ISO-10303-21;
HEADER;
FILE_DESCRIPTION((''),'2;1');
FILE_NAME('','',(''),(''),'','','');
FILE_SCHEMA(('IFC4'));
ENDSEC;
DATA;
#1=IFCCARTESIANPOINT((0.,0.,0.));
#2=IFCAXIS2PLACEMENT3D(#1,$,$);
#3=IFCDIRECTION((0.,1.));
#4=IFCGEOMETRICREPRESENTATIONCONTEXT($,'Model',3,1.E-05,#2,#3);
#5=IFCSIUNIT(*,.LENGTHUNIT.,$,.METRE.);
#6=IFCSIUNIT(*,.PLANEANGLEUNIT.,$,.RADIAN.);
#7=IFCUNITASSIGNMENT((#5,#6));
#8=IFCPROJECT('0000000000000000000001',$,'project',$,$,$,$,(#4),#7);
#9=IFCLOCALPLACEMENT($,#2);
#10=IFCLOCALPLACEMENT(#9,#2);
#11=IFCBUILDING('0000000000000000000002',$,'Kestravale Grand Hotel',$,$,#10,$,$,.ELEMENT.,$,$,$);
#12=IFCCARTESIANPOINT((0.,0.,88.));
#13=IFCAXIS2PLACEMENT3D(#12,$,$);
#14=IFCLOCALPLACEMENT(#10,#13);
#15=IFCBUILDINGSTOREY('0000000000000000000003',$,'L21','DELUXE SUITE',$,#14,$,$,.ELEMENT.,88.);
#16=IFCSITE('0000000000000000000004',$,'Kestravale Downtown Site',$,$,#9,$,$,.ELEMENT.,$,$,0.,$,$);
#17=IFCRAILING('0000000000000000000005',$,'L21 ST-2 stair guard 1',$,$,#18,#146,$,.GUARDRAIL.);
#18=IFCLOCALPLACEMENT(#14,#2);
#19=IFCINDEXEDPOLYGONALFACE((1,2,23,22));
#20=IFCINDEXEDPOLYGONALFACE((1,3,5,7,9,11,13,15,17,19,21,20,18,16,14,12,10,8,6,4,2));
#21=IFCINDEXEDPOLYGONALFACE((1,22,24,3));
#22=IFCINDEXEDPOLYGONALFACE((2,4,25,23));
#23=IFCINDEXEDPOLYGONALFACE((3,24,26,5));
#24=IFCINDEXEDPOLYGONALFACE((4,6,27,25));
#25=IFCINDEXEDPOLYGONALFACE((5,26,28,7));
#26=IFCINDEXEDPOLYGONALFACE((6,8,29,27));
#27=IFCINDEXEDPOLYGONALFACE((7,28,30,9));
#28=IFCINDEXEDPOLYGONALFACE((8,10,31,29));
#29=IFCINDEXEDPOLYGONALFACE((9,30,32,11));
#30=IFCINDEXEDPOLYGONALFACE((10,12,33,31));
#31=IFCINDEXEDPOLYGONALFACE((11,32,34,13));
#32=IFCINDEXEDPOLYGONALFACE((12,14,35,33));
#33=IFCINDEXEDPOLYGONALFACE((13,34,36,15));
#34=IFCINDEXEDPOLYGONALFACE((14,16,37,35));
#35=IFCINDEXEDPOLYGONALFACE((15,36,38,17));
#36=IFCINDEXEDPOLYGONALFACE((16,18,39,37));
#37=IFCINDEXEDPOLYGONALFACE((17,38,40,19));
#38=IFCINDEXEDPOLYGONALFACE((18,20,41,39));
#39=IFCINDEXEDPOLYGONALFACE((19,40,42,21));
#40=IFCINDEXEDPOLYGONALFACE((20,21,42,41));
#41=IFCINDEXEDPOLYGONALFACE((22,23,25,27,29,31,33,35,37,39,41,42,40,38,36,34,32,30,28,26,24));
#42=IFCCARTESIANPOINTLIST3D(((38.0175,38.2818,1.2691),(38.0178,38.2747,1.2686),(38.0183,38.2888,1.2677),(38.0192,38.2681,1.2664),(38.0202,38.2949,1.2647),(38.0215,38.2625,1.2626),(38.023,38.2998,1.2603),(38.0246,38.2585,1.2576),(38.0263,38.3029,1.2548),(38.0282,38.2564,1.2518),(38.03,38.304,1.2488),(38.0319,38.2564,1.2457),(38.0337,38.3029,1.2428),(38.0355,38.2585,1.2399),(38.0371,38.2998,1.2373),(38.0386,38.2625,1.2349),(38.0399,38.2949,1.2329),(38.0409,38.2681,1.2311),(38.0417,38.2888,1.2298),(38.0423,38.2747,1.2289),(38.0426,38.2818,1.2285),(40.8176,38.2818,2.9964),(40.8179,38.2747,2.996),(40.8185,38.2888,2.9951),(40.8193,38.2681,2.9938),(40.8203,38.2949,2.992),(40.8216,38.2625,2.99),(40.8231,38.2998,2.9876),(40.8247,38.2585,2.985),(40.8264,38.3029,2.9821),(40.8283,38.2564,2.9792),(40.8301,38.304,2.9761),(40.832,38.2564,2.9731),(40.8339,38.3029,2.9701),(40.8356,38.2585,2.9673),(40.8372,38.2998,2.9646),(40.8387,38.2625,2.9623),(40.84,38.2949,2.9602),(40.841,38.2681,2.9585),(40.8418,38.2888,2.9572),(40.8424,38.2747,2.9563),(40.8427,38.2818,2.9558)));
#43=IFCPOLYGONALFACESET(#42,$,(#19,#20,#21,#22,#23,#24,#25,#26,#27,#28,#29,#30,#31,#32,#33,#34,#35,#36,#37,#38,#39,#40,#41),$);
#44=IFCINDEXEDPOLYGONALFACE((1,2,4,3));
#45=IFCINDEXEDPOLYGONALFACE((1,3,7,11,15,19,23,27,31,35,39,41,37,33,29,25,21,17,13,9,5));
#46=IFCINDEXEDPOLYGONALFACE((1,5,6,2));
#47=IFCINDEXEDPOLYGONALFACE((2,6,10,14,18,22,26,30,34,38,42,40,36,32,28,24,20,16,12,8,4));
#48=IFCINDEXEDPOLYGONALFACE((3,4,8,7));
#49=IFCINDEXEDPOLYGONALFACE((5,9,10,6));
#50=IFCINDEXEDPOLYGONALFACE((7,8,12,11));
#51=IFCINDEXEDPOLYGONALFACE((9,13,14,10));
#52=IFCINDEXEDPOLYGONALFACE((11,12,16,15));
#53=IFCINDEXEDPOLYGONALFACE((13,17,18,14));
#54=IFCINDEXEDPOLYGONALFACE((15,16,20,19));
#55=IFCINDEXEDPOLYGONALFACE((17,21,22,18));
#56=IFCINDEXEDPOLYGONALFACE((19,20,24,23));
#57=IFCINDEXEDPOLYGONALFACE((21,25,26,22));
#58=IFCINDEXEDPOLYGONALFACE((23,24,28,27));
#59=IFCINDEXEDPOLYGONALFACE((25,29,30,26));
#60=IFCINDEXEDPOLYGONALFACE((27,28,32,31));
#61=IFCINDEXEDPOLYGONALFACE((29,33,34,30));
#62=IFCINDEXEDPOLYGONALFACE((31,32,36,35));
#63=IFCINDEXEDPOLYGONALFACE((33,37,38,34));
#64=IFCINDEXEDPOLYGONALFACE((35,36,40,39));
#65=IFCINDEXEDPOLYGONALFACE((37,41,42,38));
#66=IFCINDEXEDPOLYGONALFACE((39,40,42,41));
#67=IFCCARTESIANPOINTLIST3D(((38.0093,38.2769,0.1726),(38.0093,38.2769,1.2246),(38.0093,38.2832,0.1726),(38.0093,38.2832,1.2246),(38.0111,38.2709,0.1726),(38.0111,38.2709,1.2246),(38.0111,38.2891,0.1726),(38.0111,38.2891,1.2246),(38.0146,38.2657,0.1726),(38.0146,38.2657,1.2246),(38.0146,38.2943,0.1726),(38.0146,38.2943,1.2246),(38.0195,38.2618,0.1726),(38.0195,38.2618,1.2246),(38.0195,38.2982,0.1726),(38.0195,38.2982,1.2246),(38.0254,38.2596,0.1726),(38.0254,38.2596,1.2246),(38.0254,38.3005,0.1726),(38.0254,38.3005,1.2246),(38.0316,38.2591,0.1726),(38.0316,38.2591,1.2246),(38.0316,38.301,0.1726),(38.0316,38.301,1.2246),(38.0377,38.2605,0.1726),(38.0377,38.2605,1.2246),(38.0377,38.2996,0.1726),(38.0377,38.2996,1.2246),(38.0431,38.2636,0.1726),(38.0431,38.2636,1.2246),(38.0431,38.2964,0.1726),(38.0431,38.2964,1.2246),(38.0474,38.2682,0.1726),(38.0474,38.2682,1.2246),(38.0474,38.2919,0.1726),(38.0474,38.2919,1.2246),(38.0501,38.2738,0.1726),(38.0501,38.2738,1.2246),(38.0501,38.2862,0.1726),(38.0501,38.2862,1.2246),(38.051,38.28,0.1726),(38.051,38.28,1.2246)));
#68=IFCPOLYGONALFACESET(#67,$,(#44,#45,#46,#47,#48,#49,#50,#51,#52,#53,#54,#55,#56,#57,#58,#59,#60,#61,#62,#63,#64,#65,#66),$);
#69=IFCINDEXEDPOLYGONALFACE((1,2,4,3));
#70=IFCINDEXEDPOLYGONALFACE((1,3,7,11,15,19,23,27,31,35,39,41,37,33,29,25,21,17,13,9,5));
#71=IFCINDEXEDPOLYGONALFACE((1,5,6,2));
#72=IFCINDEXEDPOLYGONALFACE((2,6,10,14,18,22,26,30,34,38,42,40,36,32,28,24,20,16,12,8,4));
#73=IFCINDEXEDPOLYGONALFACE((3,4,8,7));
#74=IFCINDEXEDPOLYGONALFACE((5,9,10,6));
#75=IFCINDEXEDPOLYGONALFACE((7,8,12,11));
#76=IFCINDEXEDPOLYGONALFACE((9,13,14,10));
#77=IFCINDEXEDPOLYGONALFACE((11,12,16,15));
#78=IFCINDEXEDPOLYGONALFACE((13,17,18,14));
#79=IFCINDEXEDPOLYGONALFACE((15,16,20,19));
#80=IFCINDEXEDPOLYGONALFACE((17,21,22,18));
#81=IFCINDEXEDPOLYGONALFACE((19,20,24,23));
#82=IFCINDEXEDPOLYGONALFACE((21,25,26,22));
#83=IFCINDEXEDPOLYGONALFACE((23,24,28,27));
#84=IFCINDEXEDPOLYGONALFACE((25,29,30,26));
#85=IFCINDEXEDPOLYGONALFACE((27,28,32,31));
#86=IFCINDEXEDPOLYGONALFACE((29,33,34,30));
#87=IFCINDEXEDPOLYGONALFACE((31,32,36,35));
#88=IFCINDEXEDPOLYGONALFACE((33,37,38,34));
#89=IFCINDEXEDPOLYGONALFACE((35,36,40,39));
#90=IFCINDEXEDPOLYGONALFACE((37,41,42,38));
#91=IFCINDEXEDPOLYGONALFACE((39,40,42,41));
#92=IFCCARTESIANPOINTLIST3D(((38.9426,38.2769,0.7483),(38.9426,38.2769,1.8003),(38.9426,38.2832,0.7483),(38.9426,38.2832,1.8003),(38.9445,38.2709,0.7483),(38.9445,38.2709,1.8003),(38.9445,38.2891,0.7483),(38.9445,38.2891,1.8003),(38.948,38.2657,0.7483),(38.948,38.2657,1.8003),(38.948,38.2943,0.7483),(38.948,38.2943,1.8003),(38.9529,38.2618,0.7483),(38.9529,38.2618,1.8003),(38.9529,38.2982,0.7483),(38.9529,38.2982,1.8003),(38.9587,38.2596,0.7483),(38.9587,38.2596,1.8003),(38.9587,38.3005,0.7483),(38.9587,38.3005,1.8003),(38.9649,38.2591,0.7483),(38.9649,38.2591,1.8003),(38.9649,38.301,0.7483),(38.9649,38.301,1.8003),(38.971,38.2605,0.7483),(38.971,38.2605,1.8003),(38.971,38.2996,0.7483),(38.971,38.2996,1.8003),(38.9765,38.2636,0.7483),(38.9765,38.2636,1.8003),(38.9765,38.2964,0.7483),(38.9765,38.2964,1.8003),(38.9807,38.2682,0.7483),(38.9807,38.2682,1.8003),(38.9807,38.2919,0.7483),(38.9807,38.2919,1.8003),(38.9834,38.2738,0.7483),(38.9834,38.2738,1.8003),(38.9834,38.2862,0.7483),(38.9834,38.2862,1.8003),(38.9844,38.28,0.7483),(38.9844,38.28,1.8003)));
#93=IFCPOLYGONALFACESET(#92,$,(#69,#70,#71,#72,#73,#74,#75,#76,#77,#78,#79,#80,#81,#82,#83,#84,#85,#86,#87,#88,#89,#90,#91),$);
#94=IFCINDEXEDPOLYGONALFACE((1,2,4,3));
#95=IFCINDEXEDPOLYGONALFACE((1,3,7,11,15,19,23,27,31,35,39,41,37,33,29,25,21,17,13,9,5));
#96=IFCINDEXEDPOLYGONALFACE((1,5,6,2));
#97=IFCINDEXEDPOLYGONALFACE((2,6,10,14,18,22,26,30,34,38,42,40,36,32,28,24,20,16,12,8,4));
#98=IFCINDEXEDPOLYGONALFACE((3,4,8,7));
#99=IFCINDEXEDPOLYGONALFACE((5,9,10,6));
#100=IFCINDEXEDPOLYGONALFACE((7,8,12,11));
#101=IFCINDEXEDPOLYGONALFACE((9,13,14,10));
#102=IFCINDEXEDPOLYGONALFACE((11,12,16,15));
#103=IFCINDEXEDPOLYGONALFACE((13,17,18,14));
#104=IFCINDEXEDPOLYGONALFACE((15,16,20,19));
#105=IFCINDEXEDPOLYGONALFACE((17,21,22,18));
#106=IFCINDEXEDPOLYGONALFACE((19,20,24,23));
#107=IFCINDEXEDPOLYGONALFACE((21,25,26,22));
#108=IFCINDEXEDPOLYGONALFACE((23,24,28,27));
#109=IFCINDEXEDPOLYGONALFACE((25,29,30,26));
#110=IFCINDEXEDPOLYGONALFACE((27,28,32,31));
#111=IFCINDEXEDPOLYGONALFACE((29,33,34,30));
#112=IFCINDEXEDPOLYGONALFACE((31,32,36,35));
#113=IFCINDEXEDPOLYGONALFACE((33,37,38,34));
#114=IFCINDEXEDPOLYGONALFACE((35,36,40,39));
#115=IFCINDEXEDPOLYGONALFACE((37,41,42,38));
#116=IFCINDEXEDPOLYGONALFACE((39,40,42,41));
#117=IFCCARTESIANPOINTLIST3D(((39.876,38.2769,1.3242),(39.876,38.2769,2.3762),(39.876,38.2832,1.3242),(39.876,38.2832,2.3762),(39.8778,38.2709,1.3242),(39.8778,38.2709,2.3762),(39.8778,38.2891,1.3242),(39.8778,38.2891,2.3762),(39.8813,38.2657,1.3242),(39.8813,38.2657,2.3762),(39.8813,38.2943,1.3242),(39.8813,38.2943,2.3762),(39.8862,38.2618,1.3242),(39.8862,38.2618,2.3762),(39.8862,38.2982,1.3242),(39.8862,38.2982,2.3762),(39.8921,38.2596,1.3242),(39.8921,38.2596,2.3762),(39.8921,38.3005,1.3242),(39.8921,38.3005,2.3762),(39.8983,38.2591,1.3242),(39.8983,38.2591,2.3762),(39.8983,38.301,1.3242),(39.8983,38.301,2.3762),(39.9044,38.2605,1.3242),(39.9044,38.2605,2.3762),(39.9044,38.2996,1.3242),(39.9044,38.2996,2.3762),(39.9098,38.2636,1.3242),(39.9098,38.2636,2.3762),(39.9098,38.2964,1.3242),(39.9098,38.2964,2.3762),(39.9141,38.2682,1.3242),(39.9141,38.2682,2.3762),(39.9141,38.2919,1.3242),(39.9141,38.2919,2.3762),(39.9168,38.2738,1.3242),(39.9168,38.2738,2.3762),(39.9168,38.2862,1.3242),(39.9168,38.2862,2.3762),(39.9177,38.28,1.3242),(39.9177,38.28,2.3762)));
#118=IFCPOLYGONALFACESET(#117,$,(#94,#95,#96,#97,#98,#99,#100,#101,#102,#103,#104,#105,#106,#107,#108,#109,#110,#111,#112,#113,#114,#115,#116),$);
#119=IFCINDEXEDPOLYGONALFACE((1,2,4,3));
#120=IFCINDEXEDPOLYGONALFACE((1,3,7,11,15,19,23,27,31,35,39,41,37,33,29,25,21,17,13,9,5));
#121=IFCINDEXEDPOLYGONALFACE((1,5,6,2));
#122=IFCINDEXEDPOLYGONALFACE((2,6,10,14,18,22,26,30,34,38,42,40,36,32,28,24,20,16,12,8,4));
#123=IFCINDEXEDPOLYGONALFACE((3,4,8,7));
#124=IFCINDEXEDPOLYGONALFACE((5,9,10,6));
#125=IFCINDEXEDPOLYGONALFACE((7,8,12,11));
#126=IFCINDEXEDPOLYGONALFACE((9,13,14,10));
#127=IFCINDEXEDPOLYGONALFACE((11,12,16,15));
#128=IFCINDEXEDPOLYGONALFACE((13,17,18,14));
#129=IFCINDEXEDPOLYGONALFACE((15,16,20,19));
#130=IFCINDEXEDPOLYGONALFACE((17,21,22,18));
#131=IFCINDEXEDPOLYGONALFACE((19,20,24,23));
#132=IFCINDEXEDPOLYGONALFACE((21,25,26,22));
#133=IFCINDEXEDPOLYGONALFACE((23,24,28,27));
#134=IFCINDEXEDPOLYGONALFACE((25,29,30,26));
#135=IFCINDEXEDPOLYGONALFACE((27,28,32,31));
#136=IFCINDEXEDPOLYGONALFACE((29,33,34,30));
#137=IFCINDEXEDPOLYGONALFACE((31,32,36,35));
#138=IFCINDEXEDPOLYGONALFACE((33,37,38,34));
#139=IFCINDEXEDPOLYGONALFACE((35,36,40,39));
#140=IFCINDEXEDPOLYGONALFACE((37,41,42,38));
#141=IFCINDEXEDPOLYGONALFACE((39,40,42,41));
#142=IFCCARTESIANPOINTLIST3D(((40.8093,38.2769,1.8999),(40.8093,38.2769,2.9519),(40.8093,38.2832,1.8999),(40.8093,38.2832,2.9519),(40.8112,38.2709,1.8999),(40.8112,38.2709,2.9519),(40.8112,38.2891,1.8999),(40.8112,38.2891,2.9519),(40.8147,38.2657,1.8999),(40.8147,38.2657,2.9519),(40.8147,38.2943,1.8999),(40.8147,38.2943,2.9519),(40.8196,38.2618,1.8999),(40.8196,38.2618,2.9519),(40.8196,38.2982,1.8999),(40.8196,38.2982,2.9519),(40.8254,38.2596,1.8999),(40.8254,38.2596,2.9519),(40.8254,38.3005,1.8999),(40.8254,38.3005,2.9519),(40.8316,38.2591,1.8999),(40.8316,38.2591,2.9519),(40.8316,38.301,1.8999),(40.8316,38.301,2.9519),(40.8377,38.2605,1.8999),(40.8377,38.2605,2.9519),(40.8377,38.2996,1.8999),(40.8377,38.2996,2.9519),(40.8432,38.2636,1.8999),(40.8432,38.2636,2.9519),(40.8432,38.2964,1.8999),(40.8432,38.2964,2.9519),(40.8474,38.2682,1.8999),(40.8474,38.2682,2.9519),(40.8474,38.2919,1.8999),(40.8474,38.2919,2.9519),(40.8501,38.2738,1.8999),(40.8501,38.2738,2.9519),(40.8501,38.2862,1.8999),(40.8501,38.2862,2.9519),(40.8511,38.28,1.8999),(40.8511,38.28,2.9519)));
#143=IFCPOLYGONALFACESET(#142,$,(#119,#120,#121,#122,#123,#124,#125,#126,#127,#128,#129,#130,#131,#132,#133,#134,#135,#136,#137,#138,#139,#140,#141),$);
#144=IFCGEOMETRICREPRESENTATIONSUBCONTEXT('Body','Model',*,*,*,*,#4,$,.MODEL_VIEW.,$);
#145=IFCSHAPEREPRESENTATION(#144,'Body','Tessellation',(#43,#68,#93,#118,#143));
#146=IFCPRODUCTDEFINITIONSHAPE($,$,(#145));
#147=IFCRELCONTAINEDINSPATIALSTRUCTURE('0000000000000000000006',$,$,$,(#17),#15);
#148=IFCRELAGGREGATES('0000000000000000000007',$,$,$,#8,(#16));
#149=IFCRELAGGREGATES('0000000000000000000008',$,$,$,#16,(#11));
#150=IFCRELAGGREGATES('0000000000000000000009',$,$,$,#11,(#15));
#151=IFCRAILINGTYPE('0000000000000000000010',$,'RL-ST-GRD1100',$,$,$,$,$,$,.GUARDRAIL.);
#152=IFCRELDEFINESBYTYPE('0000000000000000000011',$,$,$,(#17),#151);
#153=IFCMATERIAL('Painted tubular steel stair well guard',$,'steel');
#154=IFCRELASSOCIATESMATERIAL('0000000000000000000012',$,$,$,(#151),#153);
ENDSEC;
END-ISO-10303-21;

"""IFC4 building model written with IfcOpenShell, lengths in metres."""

from ifc_helpers import new_model, si_unit, direction, frame, origin, origin_2d, place, context, subcontext, project, spatial, circle, extrude, material, type_object, element, save


model = new_model("IFC4")

# Units and contexts
model_context = context("Model", 3, precision=1e-05, world=origin(), true_north=direction((0.0, 1.0)))
body_context = subcontext(model_context, "Body", "Model", "MODEL_VIEW")
ifc_project = project(units=[si_unit("LENGTHUNIT", "METRE"), si_unit("PLANEANGLEUNIT", "RADIAN")], contexts=[model_context])

# Site, building, storey
site_placement = place(None, origin())
site = spatial("IfcSite", under=ifc_project, at=site_placement, Name="Kestravale Downtown Site", CompositionType="ELEMENT", RefElevation=0.0)
building_placement = place(site_placement, origin())
building = spatial("IfcBuilding", under=site, at=building_placement, Name="Kestravale Grand Hotel", CompositionType="ELEMENT")
storey_placement = place(building_placement, frame((0.0, 0.0, 88.0)))
storey = spatial("IfcBuildingStorey", under=building, at=storey_placement, Name="L21", Description="DELUXE SUITE", CompositionType="ELEMENT", Elevation=88.0)

# Railing
ifc_material_1 = material(Name="Painted tubular steel stair well guard", Category="steel")
railing_type_1 = type_object("IfcRailingType", Name="RL-ST-GRD1100", PredefinedType="GUARDRAIL", material=ifc_material_1)
railing_1_placement = place(storey_placement, frame((38.03, 38.28, 0.1726)))
element("IfcRailing", 1, at=railing_1_placement, inside=storey, type_object=railing_type_1, Name="L21 ST-2 stair guard 1", PredefinedType="GUARDRAIL", context=body_context, shape_type="SweptSolid", body=[
    extrude(circle(Radius=0.0239, at=origin_2d()), frame((0.0, 0.0, 1.0762), z_axis=(0.85109, 0.0, 0.52502), x_axis=(0.0, 1.0, 0.0)), (0.0, 0.0, 1.0), 3.29),
    extrude(circle(Radius=0.021, at=origin_2d()), origin(), (0.0, 0.0, 1.0), 1.052),
    extrude(circle(Radius=0.021, at=origin_2d()), frame((0.9333, 0.0, 0.5757)), (0.0, 0.0, 1.0), 1.052),
    extrude(circle(Radius=0.021, at=origin_2d()), frame((1.8667, 0.0, 1.1516)), (0.0, 0.0, 1.0), 1.052),
    extrude(circle(Radius=0.021, at=origin_2d()), frame((2.8, 0.0, 1.7273)), (0.0, 0.0, 1.0), 1.052),
])

save(model, "model.ifc")
